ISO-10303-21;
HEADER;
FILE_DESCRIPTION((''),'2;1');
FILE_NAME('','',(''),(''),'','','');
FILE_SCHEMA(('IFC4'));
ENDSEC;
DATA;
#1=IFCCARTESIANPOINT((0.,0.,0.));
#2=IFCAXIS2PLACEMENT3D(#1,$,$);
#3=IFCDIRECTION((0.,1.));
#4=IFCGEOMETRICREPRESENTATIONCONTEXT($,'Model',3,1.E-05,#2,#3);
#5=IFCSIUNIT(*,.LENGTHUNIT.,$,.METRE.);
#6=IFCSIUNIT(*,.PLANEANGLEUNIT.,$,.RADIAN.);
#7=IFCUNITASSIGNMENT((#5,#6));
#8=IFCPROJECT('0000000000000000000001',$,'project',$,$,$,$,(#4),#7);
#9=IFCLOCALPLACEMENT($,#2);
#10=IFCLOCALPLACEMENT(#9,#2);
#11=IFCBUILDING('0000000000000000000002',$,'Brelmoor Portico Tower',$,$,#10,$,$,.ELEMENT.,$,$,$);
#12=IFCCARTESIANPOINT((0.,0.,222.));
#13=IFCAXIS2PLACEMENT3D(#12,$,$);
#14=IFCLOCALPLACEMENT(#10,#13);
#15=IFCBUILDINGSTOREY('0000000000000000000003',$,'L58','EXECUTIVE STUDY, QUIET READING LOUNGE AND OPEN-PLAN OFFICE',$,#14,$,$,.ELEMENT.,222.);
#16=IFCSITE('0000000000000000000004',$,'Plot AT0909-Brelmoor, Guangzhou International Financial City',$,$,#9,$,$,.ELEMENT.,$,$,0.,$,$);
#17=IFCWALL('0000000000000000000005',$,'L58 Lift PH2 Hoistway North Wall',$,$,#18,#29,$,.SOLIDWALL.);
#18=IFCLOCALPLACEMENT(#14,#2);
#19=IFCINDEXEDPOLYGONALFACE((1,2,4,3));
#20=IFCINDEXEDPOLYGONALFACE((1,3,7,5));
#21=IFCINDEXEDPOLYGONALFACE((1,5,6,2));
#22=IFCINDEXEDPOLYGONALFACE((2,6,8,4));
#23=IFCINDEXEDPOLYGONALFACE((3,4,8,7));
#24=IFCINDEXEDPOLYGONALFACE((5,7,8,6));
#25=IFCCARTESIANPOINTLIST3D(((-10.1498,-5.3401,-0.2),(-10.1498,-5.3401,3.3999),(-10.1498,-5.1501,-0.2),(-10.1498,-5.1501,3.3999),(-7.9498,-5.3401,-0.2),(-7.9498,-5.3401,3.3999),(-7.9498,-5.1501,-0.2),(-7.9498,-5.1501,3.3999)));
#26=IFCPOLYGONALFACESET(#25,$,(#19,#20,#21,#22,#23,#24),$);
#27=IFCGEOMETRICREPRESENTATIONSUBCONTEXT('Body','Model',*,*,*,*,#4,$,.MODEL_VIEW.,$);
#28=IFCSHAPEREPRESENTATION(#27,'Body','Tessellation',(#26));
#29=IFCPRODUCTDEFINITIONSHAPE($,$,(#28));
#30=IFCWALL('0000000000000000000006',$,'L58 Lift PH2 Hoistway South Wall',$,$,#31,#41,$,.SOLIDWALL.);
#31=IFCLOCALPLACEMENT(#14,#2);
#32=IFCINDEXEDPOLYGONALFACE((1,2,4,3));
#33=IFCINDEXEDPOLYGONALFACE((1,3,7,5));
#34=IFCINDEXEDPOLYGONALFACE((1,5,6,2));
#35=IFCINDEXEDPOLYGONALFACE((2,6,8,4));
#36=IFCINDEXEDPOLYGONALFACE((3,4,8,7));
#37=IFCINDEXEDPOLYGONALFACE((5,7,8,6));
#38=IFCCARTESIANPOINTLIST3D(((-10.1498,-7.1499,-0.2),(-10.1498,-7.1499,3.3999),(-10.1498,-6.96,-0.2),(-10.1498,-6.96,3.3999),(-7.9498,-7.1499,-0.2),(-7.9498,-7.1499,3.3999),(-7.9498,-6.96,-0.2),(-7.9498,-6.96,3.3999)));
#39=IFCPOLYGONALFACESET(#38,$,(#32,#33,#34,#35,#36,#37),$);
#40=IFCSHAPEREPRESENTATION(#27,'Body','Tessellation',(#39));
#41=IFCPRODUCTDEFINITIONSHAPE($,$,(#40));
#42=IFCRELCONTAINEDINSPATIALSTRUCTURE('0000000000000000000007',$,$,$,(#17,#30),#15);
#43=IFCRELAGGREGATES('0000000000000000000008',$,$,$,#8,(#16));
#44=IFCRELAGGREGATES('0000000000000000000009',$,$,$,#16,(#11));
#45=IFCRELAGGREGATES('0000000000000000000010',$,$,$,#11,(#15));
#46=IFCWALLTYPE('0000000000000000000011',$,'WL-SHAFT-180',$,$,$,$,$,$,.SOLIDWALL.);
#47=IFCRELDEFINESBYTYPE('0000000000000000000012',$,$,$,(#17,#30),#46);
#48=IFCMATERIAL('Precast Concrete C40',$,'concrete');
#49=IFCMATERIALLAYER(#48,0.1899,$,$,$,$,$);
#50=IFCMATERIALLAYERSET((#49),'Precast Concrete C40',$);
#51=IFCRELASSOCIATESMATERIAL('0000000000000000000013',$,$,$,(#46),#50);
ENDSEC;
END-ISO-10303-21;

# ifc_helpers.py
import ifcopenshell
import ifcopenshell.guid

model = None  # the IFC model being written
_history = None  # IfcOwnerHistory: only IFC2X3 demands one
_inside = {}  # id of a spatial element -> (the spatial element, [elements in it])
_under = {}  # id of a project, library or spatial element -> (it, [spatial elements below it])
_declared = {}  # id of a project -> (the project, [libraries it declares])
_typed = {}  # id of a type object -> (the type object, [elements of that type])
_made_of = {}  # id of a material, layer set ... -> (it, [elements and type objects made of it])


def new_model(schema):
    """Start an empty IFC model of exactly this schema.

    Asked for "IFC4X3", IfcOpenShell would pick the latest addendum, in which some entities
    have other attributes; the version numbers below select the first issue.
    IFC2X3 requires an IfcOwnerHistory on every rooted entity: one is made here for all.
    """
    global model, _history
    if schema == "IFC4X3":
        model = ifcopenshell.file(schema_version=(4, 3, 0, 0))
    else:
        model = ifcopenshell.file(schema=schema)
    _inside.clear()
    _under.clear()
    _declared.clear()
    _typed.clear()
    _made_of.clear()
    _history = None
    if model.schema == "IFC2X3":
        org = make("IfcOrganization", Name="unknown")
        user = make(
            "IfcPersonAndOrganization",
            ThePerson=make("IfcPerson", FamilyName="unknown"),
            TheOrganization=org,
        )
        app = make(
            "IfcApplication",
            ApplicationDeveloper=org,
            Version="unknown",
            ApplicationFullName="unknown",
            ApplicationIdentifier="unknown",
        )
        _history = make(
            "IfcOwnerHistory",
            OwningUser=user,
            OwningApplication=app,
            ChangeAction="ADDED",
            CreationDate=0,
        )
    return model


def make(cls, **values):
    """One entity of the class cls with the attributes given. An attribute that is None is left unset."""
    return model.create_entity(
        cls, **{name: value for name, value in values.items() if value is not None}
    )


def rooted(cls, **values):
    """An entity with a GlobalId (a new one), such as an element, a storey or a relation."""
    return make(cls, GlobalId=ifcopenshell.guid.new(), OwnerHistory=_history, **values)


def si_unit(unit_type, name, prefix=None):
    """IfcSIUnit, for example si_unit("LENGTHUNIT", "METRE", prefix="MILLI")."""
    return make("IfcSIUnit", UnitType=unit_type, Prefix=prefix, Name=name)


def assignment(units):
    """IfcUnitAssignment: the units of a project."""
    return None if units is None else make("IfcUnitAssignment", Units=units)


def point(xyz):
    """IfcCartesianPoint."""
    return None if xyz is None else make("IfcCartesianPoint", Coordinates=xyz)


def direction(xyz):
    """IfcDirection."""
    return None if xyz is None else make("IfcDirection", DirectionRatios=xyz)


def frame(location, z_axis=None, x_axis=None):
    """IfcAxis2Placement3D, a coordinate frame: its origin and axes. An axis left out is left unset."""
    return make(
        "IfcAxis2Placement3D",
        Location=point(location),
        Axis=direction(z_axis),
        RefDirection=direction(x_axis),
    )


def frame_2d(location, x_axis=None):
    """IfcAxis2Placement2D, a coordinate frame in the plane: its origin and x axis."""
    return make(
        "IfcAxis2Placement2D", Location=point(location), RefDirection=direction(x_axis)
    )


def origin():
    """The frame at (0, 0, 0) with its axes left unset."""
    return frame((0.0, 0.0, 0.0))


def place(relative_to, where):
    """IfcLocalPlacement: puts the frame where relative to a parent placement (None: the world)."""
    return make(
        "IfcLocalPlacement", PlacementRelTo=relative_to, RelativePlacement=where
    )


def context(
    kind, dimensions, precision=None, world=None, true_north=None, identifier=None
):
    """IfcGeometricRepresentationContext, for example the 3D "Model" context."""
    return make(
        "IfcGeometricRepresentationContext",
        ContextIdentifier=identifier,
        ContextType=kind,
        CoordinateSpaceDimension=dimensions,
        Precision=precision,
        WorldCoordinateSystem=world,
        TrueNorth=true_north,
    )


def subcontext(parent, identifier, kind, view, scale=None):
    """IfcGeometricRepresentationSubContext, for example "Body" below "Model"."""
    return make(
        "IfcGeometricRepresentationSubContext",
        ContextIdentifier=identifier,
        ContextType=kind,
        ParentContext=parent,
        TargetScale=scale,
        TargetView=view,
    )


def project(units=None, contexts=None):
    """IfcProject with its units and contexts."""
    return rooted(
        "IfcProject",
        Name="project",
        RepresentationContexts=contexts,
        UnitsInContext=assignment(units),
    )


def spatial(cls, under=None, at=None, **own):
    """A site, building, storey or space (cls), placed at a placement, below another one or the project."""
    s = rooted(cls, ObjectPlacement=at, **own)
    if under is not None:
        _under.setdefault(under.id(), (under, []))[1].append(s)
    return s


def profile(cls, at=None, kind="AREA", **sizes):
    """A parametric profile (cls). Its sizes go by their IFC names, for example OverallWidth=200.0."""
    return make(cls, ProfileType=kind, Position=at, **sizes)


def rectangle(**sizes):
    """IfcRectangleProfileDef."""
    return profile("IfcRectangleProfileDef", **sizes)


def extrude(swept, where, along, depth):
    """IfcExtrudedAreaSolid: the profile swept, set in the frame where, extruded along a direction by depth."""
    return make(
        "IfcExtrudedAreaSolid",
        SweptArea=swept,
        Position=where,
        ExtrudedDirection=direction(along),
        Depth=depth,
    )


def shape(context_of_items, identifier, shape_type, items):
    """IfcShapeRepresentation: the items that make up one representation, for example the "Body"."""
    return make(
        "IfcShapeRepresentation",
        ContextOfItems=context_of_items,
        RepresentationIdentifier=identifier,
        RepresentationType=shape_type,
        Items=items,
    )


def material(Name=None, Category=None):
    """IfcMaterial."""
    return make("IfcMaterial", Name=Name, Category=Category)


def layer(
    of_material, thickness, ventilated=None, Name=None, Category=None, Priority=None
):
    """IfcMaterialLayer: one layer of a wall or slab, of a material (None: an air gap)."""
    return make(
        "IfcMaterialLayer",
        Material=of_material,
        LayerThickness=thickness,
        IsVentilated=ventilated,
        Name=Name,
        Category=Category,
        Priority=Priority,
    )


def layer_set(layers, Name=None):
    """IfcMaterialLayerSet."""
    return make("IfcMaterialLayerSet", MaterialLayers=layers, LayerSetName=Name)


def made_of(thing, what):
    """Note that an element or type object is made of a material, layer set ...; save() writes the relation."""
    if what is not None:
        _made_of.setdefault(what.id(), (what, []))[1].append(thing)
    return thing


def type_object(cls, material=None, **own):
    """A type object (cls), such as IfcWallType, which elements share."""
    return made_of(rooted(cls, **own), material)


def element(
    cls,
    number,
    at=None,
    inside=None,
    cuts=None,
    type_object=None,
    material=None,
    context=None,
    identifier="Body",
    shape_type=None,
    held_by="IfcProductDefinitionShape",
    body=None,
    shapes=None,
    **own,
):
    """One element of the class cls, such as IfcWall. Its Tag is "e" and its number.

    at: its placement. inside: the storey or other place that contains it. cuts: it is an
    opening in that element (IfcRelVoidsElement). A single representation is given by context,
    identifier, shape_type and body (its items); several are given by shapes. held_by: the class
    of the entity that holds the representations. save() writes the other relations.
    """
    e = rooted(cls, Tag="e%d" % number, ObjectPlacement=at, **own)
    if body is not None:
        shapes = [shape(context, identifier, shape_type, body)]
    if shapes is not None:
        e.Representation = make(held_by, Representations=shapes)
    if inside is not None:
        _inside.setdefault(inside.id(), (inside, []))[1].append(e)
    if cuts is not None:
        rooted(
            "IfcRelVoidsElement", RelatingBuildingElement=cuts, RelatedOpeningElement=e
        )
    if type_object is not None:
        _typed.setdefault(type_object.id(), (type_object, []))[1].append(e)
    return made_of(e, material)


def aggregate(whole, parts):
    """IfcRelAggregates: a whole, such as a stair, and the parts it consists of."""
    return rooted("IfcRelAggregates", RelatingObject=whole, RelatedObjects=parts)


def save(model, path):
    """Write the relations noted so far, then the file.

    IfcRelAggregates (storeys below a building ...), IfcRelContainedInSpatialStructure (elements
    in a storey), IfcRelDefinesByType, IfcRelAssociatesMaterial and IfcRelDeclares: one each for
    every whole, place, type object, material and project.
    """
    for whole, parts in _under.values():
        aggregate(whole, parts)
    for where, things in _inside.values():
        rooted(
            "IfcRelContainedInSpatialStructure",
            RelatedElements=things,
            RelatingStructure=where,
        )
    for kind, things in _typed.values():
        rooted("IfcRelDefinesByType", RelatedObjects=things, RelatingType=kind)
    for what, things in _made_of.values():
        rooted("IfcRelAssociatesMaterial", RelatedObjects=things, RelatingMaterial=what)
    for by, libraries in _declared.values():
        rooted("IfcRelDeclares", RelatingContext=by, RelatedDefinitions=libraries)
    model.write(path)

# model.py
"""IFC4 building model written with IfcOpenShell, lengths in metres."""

from ifc_helpers import new_model, si_unit, direction, frame, frame_2d, origin, place, context, subcontext, project, spatial, rectangle, extrude, material, layer, layer_set, type_object, element, save


model = new_model("IFC4")

# Units and contexts
model_context = context("Model", 3, precision=1e-05, world=origin(), true_north=direction((0.0, 1.0)))
body_context = subcontext(model_context, "Body", "Model", "MODEL_VIEW")
ifc_project = project(units=[si_unit("LENGTHUNIT", "METRE"), si_unit("PLANEANGLEUNIT", "RADIAN")], contexts=[model_context])

# Site, building, storey
site_placement = place(None, origin())
site = spatial("IfcSite", under=ifc_project, at=site_placement, Name="Plot AT0909-Brelmoor, Guangzhou International Financial City", CompositionType="ELEMENT", RefElevation=0.0)
building_placement = place(site_placement, origin())
building = spatial("IfcBuilding", under=site, at=building_placement, Name="Brelmoor Portico Tower", CompositionType="ELEMENT")
storey_placement = place(building_placement, frame((0.0, 0.0, 222.0)))
storey = spatial("IfcBuildingStorey", under=building, at=storey_placement, Name="L58", Description="EXECUTIVE STUDY, QUIET READING LOUNGE AND OPEN-PLAN OFFICE", CompositionType="ELEMENT", Elevation=222.0)

# Shared definitions
ifc_material_1 = material(Name="Precast Concrete C40", Category="concrete")
ifc_layer_1 = layer(ifc_material_1, 0.1899)
ifc_layer_set_1 = layer_set([ifc_layer_1], Name="Precast Concrete C40")
wall_type_1 = type_object("IfcWallType", Name="WL-SHAFT-180", PredefinedType="SOLIDWALL", material=ifc_layer_set_1)

# Walls
for number, where, z_axis, x_axis, name in (
    (1, (-10.1499, -5.2451, -0.2), (0.0, 0.0, 1.0), (1.0, 0.0, 0.0), "L58 Lift PH2 Hoistway North Wall"),
    (2, (-10.1499, -7.0549, -0.2), (0.0, 0.0, 1.0), (1.0, 0.0, 0.0), "L58 Lift PH2 Hoistway South Wall"),
):
    element("IfcWall", number, at=place(storey_placement, frame(where, z_axis=z_axis, x_axis=x_axis)), inside=storey, type_object=wall_type_1, Name=name, PredefinedType="SOLIDWALL", context=body_context, shape_type="SweptSolid", body=[
        extrude(rectangle(XDim=2.2, YDim=0.1899, at=frame_2d((1.1001, 0.0))), origin(), (0.0, 0.0, 1.0), 3.5999),
    ])

save(model, "model.ifc")
